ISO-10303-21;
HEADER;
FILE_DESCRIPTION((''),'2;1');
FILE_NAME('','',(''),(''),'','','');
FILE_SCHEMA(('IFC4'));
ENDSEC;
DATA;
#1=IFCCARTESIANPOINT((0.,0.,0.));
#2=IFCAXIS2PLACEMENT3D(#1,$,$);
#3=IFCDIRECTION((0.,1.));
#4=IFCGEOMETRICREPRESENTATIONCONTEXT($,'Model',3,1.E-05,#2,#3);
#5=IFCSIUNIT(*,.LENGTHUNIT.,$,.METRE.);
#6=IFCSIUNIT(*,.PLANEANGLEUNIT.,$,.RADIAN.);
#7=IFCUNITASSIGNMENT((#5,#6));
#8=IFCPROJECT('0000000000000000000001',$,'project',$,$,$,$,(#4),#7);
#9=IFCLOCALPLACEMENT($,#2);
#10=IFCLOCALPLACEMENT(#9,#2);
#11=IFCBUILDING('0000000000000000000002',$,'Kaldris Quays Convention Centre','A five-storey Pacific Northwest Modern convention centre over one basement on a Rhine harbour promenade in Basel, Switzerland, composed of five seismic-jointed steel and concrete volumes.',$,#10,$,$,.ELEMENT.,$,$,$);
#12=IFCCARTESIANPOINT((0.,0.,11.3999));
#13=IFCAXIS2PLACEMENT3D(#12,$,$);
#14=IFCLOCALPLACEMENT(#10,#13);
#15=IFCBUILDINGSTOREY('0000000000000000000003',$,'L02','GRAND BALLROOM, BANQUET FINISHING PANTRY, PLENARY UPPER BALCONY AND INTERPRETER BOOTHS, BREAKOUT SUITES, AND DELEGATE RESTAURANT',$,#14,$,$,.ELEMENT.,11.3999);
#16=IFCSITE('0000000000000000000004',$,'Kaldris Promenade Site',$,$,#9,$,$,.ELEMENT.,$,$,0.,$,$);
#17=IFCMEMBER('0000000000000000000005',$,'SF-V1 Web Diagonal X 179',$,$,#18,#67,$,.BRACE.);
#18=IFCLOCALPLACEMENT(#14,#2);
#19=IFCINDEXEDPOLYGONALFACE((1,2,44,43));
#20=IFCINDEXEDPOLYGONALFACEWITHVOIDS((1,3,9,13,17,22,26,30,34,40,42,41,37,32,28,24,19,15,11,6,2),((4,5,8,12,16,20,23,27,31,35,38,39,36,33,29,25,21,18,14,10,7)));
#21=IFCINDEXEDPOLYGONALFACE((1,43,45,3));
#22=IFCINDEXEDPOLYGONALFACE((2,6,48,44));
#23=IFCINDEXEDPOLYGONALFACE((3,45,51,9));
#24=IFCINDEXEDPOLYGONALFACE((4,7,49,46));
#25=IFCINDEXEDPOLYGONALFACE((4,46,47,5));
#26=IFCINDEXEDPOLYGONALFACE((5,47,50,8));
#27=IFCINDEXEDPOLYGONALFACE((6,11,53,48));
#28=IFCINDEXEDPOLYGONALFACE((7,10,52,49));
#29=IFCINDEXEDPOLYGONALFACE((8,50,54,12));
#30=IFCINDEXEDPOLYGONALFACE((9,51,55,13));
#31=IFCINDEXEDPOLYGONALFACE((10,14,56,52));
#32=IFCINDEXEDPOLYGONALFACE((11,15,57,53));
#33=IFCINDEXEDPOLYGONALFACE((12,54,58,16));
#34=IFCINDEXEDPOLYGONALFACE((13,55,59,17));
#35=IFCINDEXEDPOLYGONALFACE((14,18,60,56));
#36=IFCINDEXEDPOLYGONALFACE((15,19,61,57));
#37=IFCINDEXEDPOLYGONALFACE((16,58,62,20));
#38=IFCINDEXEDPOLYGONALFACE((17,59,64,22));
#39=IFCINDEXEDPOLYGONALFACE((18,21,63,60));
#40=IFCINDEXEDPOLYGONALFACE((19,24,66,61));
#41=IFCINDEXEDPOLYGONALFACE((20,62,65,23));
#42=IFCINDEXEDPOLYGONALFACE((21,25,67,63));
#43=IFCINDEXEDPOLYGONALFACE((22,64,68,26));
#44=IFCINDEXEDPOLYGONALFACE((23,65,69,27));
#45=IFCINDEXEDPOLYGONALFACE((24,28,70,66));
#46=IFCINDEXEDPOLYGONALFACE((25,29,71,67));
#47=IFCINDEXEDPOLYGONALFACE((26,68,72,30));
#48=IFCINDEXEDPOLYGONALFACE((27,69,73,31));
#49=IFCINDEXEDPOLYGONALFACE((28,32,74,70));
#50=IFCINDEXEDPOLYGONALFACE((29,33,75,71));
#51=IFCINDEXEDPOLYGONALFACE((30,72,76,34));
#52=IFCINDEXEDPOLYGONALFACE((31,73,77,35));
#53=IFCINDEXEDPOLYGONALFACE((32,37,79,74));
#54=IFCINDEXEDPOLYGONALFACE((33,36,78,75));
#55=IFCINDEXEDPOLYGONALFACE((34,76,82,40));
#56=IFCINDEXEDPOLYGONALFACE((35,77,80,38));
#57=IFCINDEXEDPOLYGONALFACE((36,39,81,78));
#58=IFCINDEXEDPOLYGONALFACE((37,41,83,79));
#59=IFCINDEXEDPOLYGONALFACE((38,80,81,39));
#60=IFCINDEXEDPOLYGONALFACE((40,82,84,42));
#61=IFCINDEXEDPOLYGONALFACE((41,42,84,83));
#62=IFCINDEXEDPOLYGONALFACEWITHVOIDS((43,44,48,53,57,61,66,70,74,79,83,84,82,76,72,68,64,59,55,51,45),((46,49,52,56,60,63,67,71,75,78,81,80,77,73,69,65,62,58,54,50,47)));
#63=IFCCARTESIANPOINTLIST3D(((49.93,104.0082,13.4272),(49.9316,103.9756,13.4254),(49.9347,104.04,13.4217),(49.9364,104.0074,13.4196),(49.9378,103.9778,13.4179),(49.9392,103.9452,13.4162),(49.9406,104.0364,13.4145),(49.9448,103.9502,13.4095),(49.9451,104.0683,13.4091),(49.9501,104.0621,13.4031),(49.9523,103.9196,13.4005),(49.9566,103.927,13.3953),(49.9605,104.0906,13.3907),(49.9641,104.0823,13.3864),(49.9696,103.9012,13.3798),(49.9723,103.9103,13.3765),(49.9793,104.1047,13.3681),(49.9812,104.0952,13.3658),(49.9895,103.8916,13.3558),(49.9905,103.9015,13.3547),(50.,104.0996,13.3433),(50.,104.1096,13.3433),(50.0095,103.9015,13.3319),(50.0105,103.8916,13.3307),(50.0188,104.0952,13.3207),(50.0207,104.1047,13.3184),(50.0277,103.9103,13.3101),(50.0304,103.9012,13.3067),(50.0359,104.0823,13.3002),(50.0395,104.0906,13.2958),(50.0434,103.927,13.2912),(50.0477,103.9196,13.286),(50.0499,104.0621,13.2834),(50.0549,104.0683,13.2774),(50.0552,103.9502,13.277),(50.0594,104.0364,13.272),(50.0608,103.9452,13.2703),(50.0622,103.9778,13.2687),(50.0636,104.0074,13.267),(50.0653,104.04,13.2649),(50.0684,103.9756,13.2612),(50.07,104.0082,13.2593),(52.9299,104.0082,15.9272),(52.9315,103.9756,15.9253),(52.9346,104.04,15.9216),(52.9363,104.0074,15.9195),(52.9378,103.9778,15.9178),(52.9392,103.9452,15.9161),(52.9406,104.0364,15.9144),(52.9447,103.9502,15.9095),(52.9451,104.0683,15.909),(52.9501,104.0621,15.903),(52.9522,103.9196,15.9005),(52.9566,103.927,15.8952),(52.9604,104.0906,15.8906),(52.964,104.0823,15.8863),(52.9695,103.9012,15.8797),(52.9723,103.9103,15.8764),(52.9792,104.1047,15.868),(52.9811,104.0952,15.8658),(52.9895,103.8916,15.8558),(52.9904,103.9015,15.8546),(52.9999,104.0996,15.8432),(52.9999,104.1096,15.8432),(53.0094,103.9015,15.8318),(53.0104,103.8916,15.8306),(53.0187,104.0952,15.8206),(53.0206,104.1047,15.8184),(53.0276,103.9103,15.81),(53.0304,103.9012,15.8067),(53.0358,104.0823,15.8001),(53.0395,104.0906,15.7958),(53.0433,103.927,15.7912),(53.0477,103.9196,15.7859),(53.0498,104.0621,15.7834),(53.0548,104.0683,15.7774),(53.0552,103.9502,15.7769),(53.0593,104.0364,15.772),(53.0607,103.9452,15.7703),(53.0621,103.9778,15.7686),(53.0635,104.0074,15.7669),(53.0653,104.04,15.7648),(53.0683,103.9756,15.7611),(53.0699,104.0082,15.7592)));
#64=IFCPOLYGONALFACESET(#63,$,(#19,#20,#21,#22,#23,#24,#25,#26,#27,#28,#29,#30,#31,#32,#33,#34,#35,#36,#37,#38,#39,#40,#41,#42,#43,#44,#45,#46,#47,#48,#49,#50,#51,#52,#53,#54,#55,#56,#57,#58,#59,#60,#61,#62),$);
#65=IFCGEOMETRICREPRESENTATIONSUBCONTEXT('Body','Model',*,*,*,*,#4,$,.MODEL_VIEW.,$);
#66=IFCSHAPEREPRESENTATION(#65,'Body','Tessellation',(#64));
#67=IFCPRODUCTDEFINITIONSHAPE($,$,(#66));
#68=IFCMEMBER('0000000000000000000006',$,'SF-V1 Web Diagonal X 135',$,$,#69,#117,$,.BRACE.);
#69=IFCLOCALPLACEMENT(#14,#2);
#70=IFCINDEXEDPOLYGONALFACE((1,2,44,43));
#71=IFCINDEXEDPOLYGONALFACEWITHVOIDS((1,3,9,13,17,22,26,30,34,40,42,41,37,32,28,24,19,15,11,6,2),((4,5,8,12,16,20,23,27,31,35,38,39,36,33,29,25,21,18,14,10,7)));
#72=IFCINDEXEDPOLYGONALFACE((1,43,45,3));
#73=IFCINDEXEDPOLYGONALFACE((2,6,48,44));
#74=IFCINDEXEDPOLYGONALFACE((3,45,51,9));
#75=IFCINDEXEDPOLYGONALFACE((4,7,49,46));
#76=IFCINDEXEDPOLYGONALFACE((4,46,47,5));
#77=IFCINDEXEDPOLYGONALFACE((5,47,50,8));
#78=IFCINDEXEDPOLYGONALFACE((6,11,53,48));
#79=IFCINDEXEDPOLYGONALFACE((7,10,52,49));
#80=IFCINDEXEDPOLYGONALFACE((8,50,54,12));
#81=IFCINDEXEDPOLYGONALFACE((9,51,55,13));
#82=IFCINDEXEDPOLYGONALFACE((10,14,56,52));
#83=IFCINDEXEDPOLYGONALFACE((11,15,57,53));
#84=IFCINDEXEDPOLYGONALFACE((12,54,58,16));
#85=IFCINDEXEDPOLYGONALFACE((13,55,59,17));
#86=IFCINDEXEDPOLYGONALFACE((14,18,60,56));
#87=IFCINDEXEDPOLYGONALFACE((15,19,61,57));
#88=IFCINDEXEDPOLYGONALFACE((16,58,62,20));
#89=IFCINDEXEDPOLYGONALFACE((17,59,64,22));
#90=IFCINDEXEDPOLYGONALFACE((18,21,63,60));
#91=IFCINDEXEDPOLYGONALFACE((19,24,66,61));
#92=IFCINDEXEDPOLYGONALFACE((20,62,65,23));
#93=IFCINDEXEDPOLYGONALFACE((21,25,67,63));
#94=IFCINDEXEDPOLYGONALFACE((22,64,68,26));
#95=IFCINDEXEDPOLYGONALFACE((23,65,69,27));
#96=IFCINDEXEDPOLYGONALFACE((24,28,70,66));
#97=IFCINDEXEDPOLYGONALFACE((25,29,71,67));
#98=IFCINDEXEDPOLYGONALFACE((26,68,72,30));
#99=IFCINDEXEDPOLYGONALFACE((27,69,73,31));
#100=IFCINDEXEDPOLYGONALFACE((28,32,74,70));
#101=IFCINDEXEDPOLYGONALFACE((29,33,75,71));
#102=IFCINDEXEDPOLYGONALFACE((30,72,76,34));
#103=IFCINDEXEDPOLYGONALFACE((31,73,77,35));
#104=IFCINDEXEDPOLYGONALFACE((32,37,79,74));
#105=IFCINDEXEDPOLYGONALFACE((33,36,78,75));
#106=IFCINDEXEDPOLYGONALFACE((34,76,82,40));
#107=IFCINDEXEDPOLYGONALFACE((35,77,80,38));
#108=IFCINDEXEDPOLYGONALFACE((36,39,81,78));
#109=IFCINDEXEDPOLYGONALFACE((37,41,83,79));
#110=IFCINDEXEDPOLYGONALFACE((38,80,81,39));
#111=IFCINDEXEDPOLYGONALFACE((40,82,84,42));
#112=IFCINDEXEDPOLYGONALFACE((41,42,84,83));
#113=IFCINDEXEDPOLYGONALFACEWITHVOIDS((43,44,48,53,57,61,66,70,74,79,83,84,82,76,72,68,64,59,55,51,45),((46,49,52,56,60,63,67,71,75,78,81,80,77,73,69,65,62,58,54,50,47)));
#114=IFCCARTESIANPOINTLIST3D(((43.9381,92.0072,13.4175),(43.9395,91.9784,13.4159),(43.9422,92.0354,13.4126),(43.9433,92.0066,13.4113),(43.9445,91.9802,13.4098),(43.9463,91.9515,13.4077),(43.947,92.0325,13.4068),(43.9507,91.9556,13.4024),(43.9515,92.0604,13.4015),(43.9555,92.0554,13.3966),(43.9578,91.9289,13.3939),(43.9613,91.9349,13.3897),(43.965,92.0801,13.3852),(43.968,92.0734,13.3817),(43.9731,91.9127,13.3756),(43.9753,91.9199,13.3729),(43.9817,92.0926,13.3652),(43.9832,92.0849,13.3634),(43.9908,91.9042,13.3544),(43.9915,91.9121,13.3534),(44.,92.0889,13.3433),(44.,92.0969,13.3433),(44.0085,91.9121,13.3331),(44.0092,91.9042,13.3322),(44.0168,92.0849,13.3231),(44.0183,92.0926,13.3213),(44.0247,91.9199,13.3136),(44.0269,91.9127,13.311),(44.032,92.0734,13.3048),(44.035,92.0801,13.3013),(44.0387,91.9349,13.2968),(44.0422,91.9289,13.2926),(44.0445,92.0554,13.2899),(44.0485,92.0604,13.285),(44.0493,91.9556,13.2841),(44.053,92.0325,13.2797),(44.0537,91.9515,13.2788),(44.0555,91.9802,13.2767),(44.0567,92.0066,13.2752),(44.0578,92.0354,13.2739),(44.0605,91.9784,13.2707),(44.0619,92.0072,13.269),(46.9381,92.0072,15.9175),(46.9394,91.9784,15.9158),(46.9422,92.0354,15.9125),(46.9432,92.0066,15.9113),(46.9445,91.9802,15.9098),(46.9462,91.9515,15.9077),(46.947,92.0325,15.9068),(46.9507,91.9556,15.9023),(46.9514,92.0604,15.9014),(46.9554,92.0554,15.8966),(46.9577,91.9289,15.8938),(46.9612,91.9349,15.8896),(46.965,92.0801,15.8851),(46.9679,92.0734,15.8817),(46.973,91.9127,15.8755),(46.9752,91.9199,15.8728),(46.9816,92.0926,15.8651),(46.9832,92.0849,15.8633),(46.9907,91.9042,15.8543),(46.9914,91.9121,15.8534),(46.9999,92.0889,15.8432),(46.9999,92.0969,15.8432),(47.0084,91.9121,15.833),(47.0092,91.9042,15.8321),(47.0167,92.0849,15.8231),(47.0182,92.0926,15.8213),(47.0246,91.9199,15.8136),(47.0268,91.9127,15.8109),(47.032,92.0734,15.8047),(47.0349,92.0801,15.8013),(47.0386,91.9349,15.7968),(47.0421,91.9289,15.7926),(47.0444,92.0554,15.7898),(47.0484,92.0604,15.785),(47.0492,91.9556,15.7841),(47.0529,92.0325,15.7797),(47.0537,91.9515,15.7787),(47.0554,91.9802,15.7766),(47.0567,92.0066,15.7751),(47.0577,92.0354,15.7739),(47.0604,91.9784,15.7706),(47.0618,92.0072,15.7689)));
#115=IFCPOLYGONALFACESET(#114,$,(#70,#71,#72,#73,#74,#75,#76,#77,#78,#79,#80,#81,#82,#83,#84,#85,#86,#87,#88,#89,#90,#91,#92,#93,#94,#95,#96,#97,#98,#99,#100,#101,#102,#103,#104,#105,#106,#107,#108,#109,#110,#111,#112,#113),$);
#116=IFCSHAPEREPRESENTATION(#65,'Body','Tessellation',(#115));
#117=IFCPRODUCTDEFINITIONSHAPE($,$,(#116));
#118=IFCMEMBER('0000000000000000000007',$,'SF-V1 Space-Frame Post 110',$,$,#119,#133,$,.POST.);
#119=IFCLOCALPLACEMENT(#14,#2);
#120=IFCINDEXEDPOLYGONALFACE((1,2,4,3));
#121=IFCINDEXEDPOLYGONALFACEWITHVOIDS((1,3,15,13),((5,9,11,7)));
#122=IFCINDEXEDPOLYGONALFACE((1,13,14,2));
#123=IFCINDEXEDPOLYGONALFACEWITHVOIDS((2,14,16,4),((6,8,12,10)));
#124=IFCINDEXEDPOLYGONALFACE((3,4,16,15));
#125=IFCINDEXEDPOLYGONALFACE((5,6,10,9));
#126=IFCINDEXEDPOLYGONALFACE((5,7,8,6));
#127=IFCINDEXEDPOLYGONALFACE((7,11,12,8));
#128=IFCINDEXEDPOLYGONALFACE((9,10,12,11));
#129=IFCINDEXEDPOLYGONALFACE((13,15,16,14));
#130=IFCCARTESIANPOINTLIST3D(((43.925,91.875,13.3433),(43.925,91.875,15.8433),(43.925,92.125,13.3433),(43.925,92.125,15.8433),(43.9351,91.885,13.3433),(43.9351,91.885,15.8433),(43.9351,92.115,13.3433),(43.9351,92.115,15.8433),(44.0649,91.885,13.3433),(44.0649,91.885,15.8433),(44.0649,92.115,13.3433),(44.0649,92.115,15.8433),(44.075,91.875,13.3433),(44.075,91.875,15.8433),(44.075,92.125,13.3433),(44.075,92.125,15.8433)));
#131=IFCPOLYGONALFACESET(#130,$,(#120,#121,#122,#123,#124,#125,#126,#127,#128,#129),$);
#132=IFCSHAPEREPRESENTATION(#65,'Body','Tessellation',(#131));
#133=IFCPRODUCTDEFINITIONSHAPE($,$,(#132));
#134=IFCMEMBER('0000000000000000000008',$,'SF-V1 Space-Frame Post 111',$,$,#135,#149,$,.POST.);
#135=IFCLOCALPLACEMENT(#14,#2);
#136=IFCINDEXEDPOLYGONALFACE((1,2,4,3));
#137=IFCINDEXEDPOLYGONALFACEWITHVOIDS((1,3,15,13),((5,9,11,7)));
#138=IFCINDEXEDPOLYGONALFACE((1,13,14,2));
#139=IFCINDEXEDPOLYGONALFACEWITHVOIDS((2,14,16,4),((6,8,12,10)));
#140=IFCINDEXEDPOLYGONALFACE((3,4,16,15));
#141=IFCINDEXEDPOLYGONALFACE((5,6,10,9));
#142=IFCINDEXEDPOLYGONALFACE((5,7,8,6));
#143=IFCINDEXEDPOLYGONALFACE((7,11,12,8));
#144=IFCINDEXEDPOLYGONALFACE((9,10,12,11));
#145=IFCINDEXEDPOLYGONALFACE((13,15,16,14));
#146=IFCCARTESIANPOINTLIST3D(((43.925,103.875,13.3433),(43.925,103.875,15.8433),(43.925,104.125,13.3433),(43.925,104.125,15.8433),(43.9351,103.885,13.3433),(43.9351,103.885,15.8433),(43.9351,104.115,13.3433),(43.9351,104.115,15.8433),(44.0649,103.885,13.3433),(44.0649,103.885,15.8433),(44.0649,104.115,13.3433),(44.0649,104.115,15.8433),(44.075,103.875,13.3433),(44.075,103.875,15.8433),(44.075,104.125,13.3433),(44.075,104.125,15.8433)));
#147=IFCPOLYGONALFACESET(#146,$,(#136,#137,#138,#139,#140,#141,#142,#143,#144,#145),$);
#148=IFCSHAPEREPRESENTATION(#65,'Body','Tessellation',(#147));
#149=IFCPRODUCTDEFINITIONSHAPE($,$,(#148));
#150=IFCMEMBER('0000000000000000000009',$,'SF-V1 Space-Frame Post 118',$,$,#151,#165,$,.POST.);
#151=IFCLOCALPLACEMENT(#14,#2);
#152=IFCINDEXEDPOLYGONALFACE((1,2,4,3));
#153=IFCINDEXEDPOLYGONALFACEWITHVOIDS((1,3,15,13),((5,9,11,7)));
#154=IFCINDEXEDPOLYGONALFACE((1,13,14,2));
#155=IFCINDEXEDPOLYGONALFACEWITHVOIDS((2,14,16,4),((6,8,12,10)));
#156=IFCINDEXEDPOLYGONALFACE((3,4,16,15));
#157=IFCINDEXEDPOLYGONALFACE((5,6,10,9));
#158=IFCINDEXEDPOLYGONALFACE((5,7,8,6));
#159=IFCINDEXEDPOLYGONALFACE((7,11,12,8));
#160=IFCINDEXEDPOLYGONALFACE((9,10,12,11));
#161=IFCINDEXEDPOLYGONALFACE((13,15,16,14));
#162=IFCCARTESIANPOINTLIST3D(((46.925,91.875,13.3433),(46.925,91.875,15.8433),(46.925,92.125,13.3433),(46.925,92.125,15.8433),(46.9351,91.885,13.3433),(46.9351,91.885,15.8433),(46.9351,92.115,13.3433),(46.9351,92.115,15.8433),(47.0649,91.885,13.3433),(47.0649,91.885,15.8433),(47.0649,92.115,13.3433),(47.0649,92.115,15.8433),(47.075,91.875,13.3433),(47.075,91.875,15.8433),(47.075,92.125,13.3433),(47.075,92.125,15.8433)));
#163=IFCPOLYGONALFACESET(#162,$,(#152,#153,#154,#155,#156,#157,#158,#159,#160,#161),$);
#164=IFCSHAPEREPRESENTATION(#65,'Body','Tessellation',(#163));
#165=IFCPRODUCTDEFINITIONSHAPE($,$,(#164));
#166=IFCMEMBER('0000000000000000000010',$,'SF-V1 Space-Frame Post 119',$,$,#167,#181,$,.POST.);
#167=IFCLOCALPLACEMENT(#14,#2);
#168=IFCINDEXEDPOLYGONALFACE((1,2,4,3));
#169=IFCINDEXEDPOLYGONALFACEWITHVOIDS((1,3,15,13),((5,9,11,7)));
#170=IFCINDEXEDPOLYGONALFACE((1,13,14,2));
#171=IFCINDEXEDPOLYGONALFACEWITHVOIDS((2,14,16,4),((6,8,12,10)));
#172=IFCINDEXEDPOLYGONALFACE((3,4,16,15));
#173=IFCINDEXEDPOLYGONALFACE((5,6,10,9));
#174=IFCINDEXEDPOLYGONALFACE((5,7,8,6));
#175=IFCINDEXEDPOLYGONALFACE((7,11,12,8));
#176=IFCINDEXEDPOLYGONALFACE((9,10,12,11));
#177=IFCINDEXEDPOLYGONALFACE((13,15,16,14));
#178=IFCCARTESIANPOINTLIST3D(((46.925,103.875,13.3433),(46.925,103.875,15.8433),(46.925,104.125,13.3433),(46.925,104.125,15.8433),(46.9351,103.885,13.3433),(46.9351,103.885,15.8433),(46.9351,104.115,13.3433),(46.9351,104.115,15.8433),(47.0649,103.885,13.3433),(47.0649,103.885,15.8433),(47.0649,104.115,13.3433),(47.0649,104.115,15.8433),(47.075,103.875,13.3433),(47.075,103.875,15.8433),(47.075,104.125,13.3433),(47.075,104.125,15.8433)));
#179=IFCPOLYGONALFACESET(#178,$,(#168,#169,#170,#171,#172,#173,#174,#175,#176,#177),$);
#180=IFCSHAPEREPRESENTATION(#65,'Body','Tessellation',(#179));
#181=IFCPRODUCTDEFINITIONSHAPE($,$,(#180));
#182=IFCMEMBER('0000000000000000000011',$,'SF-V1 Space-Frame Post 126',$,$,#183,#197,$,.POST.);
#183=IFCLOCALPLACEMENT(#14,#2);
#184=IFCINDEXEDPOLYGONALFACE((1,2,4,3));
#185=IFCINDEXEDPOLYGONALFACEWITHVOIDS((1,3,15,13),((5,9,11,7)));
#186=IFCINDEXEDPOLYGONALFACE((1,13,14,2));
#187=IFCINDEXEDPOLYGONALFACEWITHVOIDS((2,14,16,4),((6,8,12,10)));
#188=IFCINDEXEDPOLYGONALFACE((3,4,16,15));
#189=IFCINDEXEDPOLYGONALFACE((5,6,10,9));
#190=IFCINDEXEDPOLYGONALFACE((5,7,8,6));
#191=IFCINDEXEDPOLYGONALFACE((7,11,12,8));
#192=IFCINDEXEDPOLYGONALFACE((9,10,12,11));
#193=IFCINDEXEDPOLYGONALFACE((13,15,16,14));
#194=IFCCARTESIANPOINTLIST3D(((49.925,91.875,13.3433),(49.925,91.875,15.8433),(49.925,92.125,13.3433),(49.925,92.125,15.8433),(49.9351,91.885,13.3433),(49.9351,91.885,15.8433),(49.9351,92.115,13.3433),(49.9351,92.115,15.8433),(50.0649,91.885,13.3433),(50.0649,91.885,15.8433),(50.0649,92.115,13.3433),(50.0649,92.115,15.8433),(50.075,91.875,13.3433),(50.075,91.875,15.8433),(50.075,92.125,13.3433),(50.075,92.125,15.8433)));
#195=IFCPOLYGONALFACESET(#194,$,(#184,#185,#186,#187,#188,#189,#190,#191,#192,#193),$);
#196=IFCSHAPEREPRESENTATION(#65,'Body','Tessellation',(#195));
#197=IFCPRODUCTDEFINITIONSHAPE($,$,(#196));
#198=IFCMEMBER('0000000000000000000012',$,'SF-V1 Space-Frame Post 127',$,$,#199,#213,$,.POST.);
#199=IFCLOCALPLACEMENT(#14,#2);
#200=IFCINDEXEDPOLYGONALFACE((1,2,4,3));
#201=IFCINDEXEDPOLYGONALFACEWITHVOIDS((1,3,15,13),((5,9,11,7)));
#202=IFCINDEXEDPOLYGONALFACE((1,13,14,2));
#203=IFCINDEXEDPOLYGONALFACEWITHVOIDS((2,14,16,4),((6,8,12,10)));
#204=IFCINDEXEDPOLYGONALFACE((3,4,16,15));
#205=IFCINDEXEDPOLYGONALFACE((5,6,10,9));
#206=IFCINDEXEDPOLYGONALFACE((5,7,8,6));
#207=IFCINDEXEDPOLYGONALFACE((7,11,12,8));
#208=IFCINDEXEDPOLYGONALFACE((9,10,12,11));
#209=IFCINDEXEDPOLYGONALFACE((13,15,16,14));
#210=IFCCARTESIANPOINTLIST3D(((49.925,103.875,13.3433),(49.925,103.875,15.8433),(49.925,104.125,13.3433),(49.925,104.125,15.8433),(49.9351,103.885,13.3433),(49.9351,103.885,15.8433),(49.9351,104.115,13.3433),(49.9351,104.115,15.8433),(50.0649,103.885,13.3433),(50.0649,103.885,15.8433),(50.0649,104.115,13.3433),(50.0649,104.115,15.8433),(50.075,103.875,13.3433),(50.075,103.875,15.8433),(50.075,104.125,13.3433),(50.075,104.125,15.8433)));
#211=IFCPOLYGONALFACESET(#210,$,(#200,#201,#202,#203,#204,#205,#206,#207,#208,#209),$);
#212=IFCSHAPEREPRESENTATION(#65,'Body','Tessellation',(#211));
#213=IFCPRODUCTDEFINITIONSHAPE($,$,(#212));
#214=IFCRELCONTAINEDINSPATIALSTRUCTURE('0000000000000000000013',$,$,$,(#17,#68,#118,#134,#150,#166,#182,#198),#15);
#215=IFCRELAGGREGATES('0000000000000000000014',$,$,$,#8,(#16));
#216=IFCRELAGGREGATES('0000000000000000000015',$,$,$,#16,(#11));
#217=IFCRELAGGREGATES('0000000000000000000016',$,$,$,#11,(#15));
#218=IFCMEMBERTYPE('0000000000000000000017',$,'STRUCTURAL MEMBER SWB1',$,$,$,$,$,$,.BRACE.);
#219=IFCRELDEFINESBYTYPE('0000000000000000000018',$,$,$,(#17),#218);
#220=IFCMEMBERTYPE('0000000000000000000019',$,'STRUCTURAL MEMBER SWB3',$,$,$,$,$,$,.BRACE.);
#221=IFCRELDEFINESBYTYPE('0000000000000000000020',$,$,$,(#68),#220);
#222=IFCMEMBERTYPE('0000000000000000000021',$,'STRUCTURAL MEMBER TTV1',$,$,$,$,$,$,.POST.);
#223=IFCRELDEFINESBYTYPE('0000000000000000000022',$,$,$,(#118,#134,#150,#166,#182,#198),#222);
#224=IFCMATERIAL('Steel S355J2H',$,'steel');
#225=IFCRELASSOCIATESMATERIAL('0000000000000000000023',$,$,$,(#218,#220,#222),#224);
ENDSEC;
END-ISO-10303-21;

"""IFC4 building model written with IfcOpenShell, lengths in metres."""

from ifc_helpers import new_model, si_unit, direction, frame, origin, origin_2d, place, context, subcontext, project, spatial, hollow_rectangle, hollow_circle, extrude, material, material_profile, profile_set, type_object, element, save


model = new_model("IFC4")

# Units and contexts
model_context = context("Model", 3, precision=1e-05, world=origin(), true_north=direction((0.0, 1.0)))
body_context = subcontext(model_context, "Body", "Model", "MODEL_VIEW")
ifc_project = project(units=[si_unit("LENGTHUNIT", "METRE"), si_unit("PLANEANGLEUNIT", "RADIAN")], contexts=[model_context])

# Site, building, storey
site_placement = place(None, origin())
site = spatial("IfcSite", under=ifc_project, at=site_placement, Name="Kaldris Promenade Site", CompositionType="ELEMENT", RefElevation=0.0)
building_placement = place(site_placement, origin())
building = spatial("IfcBuilding", under=site, at=building_placement, Name="Kaldris Quays Convention Centre", Description="A five-storey Pacific Northwest Modern convention centre over one basement on a Rhine harbour promenade in Basel, Switzerland, composed of five seismic-jointed steel and concrete volumes.", CompositionType="ELEMENT")
storey_placement = place(building_placement, frame((0.0, 0.0, 11.3999)))
storey = spatial("IfcBuildingStorey", under=building, at=storey_placement, Name="L02", Description="GRAND BALLROOM, BANQUET FINISHING PANTRY, PLENARY UPPER BALCONY AND INTERPRETER BOOTHS, BREAKOUT SUITES, AND DELEGATE RESTAURANT", CompositionType="ELEMENT", Elevation=11.3999)

# Members
ifc_material = material(Name="Steel S355J2H", Category="steel")
ifc_material_profile_1 = material_profile(ifc_material, hollow_circle(Radius=0.1096, WallThickness=0.01, at=origin_2d()), Name="CHS 219.1x10")
ifc_profile_set_1 = profile_set([ifc_material_profile_1], Name="Steel S355J2H")
member_type_1 = type_object("IfcMemberType", Name="STRUCTURAL MEMBER SWB1", PredefinedType="BRACE", material=ifc_profile_set_1)
for number, where, z_axis, x_axis, name in (
    (1, (50.0, 104.0, 13.3433), (0.768221, 0.0, 0.640184), (0.0, 1.0, 0.0), "SF-V1 Web Diagonal X 179"),
):
    element("IfcMember", number, at=place(storey_placement, frame(where, z_axis=z_axis, x_axis=x_axis)), inside=storey, type_object=member_type_1, Name=name, PredefinedType="BRACE", context=body_context, shape_type="SweptSolid", body=[
        extrude(hollow_circle(Radius=0.1096, WallThickness=0.01, at=origin_2d()), origin(), (0.0, 0.0, 1.0), 3.905),
    ])
ifc_material_profile_2 = material_profile(ifc_material, hollow_circle(Radius=0.0969, WallThickness=0.0081, at=origin_2d()), Name="CHS 193.7x8")
ifc_profile_set_2 = profile_set([ifc_material_profile_2], Name="Steel S355J2H")
member_type_2 = type_object("IfcMemberType", Name="STRUCTURAL MEMBER SWB3", PredefinedType="BRACE", material=ifc_profile_set_2)
member_placement = place(storey_placement, frame((44.0, 92.0, 13.3433), z_axis=(0.768221, 0.0, 0.640184), x_axis=(0.0, 1.0, 0.0)))
element("IfcMember", 2, at=member_placement, inside=storey, type_object=member_type_2, Name="SF-V1 Web Diagonal X 135", PredefinedType="BRACE", context=body_context, shape_type="SweptSolid", body=[
    extrude(hollow_circle(Radius=0.0969, WallThickness=0.0081, at=origin_2d()), origin(), (0.0, 0.0, 1.0), 3.905),
])
ifc_material_profile_3 = material_profile(ifc_material, hollow_rectangle(XDim=0.1499, YDim=0.25, WallThickness=0.01, at=origin_2d()), Name="RHS 250x150x10")
ifc_profile_set_3 = profile_set([ifc_material_profile_3], Name="Steel S355J2H")
member_type_3 = type_object("IfcMemberType", Name="STRUCTURAL MEMBER TTV1", PredefinedType="POST", material=ifc_profile_set_3)
for number, where, z_axis, x_axis, name in (
    (3, (44.0, 92.0, 13.3433), (0.0, 0.0, 1.0), (1.0, 0.0, 0.0), "SF-V1 Space-Frame Post 110"),
    (4, (44.0, 104.0, 13.3433), (0.0, 0.0, 1.0), (1.0, 0.0, 0.0), "SF-V1 Space-Frame Post 111"),
    (5, (47.0, 92.0, 13.3433), (0.0, 0.0, 1.0), (1.0, 0.0, 0.0), "SF-V1 Space-Frame Post 118"),
    (6, (47.0, 104.0, 13.3433), (0.0, 0.0, 1.0), (1.0, 0.0, 0.0), "SF-V1 Space-Frame Post 119"),
    (7, (50.0, 92.0, 13.3433), (0.0, 0.0, 1.0), (1.0, 0.0, 0.0), "SF-V1 Space-Frame Post 126"),
    (8, (50.0, 104.0, 13.3433), (0.0, 0.0, 1.0), (1.0, 0.0, 0.0), "SF-V1 Space-Frame Post 127"),
):
    element("IfcMember", number, at=place(storey_placement, frame(where, z_axis=z_axis, x_axis=x_axis)), inside=storey, type_object=member_type_3, Name=name, PredefinedType="POST", context=body_context, shape_type="SweptSolid", body=[
        extrude(hollow_rectangle(XDim=0.1499, YDim=0.25, WallThickness=0.01, at=origin_2d()), origin(), (0.0, 0.0, 1.0), 2.5),
    ])

save(model, "model.ifc")
